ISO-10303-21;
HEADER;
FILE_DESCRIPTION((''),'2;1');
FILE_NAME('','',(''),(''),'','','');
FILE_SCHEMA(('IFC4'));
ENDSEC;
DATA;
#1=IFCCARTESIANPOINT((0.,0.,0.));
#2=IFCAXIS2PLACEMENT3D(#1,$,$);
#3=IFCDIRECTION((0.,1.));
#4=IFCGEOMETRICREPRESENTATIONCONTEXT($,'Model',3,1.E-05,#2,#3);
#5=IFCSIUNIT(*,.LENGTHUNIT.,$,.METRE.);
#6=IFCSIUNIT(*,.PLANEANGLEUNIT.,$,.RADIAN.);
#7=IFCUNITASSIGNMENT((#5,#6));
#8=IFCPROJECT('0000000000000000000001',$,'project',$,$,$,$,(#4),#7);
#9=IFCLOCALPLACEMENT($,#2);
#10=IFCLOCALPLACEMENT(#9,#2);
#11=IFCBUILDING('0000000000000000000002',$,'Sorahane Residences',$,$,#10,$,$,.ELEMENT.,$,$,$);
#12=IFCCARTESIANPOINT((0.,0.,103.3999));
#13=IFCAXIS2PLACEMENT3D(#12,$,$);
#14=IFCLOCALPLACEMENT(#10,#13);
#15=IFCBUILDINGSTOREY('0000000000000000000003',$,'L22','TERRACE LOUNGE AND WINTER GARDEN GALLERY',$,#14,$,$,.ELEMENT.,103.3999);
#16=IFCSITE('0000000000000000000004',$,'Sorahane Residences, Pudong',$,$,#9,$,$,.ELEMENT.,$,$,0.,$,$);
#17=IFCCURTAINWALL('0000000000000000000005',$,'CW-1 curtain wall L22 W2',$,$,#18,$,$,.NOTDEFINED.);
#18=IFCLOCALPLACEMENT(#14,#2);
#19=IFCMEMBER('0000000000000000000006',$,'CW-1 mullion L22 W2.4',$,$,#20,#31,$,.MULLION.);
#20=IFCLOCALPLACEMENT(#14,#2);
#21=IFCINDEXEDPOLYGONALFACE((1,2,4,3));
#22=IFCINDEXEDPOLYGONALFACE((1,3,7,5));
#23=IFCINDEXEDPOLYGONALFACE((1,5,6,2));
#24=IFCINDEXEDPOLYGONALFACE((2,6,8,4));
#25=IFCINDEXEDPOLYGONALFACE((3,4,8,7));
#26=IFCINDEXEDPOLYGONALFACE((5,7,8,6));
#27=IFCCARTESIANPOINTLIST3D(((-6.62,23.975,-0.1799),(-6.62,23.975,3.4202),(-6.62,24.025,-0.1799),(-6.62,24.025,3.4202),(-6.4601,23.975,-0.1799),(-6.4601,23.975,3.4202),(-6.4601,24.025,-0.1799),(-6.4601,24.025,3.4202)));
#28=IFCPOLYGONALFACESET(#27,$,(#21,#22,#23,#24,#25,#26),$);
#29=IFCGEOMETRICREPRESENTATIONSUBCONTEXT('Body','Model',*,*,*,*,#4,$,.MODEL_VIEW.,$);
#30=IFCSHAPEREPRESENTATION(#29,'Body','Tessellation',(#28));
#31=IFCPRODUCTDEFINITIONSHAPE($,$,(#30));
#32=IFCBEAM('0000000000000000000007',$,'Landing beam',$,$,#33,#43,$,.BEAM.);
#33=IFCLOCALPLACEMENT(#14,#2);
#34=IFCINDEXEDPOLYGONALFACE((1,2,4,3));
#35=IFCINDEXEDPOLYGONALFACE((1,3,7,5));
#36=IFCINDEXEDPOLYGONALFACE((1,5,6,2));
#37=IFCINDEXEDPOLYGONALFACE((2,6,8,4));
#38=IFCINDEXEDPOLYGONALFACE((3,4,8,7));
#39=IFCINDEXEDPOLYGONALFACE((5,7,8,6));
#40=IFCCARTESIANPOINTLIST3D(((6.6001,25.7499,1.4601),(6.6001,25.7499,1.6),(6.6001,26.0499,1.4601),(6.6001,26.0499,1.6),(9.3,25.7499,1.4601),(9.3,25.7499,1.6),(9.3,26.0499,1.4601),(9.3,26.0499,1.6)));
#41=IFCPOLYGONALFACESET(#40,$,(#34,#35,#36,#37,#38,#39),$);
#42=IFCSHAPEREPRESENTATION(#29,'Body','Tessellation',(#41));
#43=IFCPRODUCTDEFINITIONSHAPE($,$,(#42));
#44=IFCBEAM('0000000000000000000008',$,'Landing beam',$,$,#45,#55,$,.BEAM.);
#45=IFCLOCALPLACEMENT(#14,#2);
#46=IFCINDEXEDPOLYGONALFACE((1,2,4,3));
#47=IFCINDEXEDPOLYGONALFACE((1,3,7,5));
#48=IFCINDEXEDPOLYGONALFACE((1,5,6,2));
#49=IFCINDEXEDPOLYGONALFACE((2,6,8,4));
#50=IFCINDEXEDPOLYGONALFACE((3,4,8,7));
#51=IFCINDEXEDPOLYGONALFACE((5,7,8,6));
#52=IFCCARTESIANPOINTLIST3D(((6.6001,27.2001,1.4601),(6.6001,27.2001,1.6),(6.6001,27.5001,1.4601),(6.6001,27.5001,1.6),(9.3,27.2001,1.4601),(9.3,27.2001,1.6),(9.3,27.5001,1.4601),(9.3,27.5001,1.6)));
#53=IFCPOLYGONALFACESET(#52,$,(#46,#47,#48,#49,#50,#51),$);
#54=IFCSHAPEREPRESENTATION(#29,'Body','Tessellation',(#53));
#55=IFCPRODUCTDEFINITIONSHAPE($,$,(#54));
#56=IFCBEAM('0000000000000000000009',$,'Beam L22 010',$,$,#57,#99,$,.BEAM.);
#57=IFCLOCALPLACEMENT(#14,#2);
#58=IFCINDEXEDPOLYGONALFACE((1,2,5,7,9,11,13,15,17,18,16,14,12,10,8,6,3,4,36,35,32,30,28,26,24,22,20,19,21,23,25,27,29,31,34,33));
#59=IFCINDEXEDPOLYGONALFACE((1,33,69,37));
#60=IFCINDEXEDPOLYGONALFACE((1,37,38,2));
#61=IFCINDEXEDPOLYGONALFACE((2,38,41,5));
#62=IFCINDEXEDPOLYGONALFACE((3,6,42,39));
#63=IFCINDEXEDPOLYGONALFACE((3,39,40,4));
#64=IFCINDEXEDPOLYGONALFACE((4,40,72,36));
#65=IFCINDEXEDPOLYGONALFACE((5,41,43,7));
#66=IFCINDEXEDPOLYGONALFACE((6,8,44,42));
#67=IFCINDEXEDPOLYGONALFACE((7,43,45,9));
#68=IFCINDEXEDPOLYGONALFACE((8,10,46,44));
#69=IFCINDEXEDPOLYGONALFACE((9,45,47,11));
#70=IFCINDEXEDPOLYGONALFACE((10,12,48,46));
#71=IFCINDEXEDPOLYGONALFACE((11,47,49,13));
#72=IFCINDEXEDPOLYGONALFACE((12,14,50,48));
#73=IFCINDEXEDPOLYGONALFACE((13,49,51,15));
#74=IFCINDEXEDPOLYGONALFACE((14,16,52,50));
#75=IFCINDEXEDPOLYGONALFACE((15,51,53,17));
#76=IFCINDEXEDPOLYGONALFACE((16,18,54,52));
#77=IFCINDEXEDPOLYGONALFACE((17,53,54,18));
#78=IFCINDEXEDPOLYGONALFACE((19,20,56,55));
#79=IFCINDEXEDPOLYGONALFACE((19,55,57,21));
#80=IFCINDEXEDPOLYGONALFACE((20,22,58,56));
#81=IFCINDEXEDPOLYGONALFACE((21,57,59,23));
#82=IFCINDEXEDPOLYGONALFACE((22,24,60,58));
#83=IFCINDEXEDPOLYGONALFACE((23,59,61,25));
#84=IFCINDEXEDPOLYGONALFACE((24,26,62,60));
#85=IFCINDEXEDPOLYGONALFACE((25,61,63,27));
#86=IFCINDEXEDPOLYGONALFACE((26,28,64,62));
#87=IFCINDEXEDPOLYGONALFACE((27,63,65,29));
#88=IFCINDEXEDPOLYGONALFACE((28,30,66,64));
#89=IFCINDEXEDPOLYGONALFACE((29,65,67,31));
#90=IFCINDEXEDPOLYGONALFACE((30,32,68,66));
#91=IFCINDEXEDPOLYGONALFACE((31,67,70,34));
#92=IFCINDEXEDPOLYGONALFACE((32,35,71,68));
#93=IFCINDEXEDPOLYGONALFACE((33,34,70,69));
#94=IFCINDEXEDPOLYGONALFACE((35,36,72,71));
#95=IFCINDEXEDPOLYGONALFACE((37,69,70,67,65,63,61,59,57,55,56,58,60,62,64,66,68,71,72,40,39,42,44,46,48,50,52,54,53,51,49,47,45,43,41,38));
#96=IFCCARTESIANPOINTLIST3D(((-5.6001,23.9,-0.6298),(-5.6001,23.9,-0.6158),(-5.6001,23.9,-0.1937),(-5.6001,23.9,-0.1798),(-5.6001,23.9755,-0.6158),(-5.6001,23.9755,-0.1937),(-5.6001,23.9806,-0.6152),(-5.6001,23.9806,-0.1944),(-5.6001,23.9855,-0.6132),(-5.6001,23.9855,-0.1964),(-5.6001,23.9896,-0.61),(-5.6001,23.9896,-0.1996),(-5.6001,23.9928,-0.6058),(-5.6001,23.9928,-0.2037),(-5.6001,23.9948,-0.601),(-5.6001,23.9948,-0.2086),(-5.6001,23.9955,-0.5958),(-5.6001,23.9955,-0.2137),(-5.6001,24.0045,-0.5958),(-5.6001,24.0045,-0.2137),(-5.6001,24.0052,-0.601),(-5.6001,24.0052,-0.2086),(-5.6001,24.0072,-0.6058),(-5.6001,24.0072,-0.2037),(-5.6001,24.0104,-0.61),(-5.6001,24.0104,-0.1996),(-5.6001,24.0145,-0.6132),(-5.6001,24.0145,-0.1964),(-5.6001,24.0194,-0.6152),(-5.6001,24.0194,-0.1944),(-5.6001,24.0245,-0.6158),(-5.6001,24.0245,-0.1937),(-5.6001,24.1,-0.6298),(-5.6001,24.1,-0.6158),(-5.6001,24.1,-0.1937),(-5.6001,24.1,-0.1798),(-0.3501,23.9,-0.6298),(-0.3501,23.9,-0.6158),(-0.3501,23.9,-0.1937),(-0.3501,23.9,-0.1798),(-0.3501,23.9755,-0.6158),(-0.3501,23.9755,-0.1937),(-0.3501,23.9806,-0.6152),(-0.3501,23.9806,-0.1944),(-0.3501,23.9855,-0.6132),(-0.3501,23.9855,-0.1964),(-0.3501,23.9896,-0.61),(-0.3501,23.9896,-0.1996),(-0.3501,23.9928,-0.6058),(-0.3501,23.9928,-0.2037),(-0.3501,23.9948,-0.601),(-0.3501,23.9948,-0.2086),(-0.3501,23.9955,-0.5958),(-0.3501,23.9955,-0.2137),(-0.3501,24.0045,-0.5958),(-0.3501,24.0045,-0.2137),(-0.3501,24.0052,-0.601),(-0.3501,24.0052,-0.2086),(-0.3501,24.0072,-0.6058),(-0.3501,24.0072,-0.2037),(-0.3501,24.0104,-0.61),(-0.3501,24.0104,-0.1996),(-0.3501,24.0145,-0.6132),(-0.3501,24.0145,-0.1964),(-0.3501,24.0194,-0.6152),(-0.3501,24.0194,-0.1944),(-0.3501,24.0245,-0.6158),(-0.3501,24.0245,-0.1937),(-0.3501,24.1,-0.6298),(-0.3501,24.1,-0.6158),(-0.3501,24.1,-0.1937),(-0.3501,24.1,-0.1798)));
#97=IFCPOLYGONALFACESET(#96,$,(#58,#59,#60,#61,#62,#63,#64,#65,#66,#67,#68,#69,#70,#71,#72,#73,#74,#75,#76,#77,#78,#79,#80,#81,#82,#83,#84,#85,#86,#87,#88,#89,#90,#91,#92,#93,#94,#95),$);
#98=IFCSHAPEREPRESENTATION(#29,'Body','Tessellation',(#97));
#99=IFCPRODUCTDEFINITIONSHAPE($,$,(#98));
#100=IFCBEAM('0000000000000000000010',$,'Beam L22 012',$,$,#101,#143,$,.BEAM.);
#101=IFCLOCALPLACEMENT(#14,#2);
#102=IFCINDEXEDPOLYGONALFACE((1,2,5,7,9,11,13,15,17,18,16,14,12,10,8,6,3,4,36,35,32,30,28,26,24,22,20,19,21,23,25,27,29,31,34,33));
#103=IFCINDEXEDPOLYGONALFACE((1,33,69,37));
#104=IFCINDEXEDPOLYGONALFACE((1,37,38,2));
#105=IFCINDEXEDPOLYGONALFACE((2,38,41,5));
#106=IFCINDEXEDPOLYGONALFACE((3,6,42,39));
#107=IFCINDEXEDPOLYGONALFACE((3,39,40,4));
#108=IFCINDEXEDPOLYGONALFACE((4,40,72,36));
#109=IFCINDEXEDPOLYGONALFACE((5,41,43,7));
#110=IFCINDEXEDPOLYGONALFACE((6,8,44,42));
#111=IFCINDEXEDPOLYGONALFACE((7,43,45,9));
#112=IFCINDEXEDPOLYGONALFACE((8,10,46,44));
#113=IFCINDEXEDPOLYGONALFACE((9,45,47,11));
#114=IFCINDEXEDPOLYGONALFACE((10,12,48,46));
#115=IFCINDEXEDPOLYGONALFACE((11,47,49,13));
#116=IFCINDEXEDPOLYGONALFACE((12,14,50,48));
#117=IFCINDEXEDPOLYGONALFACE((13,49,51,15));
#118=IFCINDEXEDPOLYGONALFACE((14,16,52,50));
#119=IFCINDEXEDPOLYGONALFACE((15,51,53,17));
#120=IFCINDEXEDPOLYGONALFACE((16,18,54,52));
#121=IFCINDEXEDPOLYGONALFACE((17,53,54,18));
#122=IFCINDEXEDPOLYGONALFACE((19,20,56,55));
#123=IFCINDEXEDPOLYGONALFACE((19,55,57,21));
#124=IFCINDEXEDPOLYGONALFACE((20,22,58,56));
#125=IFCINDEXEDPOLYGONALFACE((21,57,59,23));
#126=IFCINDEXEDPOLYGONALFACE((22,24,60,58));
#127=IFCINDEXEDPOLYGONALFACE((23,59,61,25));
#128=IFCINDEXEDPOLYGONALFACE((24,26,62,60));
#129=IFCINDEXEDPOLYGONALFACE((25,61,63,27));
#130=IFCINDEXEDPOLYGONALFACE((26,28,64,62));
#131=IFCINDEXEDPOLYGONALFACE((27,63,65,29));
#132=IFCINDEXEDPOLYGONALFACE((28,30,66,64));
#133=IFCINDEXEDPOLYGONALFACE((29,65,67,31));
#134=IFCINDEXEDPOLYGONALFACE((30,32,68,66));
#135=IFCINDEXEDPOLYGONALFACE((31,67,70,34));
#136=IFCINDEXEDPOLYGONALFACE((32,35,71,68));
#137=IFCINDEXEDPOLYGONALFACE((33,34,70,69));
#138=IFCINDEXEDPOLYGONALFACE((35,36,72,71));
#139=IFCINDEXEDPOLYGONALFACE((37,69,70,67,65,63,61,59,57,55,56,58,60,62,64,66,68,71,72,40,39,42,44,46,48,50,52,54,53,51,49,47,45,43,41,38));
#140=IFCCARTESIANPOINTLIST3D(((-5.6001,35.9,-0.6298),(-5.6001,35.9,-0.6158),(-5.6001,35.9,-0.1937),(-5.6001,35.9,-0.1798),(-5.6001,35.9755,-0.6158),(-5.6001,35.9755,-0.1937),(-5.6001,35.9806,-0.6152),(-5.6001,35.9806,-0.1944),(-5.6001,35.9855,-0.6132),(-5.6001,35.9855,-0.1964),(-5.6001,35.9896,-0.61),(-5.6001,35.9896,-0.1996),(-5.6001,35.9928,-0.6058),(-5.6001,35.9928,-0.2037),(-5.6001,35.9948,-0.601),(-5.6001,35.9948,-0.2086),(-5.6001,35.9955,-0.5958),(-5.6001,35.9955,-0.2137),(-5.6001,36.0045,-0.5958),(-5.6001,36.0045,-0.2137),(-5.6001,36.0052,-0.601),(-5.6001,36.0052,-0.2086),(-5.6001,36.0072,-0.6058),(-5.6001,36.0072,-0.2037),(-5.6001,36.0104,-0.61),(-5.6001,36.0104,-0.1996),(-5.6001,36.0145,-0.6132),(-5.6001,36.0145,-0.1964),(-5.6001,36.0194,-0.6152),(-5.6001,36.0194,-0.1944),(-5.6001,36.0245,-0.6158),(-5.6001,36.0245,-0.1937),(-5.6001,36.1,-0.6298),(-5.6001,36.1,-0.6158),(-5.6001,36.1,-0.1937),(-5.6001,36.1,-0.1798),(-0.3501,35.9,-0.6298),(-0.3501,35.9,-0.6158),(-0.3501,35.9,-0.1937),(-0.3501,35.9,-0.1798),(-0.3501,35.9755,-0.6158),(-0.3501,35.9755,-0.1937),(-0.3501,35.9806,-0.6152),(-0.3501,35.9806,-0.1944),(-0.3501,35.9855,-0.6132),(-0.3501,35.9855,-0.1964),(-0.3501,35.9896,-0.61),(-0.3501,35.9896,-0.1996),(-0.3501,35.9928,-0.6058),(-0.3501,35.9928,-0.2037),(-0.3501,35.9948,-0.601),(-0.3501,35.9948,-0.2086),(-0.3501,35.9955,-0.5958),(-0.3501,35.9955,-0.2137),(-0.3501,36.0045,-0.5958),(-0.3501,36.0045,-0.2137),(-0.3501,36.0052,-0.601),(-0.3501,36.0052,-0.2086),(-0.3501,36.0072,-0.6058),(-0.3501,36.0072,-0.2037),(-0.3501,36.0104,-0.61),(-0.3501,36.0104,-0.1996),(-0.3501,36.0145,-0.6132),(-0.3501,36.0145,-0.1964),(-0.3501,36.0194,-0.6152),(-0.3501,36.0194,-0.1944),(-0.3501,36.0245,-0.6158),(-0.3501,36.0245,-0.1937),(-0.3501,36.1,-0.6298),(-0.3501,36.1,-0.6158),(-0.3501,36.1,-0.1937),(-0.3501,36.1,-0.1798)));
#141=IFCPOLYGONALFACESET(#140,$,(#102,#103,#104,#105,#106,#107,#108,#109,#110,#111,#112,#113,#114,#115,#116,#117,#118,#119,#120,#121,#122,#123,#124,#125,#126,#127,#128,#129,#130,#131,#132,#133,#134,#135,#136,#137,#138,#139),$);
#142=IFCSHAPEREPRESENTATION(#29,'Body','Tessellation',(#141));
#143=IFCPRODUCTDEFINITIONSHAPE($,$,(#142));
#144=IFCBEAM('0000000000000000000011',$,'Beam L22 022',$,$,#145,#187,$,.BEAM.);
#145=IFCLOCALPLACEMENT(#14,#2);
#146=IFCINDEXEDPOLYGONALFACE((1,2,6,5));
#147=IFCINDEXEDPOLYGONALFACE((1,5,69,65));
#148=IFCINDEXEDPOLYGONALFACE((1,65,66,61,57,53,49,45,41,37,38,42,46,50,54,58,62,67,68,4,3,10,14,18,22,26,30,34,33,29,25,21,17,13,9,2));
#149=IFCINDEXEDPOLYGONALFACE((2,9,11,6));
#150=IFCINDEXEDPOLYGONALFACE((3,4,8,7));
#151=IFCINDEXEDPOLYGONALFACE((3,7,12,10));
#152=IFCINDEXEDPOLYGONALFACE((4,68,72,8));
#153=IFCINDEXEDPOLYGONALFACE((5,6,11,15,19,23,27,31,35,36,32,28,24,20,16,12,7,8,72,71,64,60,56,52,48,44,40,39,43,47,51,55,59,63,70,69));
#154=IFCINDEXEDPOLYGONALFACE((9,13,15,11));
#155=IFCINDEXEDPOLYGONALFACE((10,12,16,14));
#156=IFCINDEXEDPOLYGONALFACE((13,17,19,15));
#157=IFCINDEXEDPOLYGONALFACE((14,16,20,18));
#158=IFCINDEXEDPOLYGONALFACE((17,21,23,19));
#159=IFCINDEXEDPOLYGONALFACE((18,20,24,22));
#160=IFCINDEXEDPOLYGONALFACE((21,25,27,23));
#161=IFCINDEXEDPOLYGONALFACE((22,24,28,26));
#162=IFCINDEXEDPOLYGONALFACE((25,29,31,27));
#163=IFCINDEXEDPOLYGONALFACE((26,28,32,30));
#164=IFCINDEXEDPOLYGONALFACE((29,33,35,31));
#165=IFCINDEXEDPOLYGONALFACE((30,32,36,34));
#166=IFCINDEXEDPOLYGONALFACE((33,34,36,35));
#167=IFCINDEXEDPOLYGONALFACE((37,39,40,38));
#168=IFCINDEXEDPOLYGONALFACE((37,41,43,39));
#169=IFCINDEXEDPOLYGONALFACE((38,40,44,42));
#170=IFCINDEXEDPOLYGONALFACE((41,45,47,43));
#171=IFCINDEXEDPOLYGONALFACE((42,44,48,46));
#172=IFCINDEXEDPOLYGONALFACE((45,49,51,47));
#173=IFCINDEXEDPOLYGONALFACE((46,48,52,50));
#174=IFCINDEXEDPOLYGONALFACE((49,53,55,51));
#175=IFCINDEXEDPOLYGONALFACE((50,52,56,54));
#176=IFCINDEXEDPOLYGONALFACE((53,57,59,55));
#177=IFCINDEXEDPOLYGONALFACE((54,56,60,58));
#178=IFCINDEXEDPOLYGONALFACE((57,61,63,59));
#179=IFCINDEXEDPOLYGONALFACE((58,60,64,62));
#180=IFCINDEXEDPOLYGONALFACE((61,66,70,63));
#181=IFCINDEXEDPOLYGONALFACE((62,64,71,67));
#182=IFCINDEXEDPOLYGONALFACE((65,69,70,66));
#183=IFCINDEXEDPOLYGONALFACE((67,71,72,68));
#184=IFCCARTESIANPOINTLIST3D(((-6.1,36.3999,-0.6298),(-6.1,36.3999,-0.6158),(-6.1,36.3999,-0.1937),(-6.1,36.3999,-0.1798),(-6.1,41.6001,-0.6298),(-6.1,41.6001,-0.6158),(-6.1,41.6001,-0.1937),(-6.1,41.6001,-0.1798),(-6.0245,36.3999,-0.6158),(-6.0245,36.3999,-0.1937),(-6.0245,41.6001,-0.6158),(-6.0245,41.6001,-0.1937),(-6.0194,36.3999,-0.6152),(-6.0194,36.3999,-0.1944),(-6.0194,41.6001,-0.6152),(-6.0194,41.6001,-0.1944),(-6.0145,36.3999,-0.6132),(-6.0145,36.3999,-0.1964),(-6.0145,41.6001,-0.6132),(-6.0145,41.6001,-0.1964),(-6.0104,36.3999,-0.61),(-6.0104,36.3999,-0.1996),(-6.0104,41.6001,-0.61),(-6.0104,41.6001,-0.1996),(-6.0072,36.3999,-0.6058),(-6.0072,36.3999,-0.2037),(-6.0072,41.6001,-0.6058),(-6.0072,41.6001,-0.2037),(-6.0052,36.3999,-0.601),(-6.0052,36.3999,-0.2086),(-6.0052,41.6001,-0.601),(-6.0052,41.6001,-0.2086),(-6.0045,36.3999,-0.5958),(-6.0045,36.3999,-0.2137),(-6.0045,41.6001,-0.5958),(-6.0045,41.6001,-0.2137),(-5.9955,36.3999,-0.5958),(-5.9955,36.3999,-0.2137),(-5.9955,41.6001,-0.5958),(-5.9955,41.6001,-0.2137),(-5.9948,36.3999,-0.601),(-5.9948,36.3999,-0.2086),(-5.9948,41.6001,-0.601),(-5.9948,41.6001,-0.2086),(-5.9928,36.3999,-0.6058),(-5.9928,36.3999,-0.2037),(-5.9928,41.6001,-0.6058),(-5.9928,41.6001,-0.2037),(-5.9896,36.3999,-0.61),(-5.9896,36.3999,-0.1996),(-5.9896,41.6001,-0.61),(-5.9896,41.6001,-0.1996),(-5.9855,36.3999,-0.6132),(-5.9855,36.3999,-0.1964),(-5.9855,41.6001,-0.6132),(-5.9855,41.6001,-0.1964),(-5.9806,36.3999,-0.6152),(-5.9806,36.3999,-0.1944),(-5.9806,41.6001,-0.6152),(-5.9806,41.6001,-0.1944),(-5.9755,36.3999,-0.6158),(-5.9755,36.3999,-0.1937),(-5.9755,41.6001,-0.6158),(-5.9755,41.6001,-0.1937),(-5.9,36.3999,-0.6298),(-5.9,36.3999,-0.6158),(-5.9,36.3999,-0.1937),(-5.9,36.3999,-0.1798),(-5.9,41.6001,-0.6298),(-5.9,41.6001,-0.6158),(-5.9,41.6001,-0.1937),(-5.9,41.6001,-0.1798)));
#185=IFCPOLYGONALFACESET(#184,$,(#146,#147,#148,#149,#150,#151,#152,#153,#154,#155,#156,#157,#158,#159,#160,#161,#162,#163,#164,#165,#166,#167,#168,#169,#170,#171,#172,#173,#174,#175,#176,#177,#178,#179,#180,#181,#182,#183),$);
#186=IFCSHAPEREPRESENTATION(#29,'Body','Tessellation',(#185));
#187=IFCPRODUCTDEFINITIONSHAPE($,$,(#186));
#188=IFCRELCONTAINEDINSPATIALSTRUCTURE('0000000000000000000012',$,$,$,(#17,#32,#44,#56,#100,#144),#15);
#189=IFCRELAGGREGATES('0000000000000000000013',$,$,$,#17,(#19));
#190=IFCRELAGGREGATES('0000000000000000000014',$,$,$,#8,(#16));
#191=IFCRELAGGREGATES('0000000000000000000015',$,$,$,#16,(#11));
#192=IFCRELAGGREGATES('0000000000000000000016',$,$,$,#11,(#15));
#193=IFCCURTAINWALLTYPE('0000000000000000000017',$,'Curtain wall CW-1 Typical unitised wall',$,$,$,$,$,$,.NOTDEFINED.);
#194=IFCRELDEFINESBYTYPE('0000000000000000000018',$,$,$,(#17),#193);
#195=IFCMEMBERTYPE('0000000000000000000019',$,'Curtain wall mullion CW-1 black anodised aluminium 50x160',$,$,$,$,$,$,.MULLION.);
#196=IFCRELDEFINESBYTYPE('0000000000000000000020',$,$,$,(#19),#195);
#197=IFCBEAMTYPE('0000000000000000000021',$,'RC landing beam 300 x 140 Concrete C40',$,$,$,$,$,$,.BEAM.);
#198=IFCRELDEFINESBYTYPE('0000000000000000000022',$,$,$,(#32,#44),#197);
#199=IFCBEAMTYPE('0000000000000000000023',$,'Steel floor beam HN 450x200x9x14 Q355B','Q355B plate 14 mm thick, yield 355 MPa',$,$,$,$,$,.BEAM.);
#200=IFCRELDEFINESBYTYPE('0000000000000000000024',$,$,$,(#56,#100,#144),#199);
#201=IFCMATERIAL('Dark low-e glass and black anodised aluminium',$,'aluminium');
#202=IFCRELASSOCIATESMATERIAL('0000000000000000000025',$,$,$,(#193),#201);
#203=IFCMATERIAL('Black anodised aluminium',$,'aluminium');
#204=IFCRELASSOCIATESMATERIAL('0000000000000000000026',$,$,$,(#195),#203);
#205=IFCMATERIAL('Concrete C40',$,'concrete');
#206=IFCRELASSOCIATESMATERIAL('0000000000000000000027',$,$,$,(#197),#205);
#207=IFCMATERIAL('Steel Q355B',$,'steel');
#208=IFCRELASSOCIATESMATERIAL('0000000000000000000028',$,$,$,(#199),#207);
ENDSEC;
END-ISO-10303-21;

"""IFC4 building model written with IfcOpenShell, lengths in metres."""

from ifc_helpers import new_model, si_unit, direction, frame, origin, origin_2d, place, context, subcontext, project, spatial, rectangle, i_section, extrude, material, material_profile, profile_set, type_object, element, aggregate, save


model = new_model("IFC4")

# Units and contexts
model_context = context("Model", 3, precision=1e-05, world=origin(), true_north=direction((0.0, 1.0)))
body_context = subcontext(model_context, "Body", "Model", "MODEL_VIEW")
ifc_project = project(units=[si_unit("LENGTHUNIT", "METRE"), si_unit("PLANEANGLEUNIT", "RADIAN")], contexts=[model_context])

# Site, building, storey
site_placement = place(None, origin())
site = spatial("IfcSite", under=ifc_project, at=site_placement, Name="Sorahane Residences, Pudong", CompositionType="ELEMENT", RefElevation=0.0)
building_placement = place(site_placement, origin())
building = spatial("IfcBuilding", under=site, at=building_placement, Name="Sorahane Residences", CompositionType="ELEMENT")
storey_placement = place(building_placement, frame((0.0, 0.0, 103.3999)))
storey = spatial("IfcBuildingStorey", under=building, at=storey_placement, Name="L22", Description="TERRACE LOUNGE AND WINTER GARDEN GALLERY", CompositionType="ELEMENT", Elevation=103.3999)

# Curtain wall, member
ifc_material_1 = material(Name="Dark low-e glass and black anodised aluminium", Category="aluminium")
curtain_wall_type = type_object("IfcCurtainWallType", Name="Curtain wall CW-1 Typical unitised wall", PredefinedType="NOTDEFINED", material=ifc_material_1)
curtain_wall_placement = place(storey_placement, origin())
curtain_wall = element("IfcCurtainWall", 1, at=curtain_wall_placement, inside=storey, type_object=curtain_wall_type, Name="CW-1 curtain wall L22 W2", PredefinedType="NOTDEFINED")
ifc_material_2 = material(Name="Black anodised aluminium", Category="aluminium")
ifc_material_profile_1 = material_profile(ifc_material_2, rectangle(XDim=0.1599, YDim=0.05, at=origin_2d()), Name="Curtain wall mullion CW-1 black anodised aluminium 50x160")
ifc_profile_set_1 = profile_set([ifc_material_profile_1], Name="Black anodised aluminium")
member_type_1 = type_object("IfcMemberType", Name="Curtain wall mullion CW-1 black anodised aluminium 50x160", PredefinedType="MULLION", material=ifc_profile_set_1)
member_1_placement = place(storey_placement, frame((-6.54, 24.0, -0.1799), z_axis=(0.0, 0.0, 1.0), x_axis=(-1.0, 0.0, 0.0)))
member_1 = element("IfcMember", 2, at=member_1_placement, type_object=member_type_1, Name="CW-1 mullion L22 W2.4", PredefinedType="MULLION", context=body_context, shape_type="SweptSolid", body=[
    extrude(rectangle(XDim=0.1599, YDim=0.05, at=origin_2d()), origin(), (0.0, 0.0, 1.0), 3.6001),
])

# Beams
ifc_material_3 = material(Name="Concrete C40", Category="concrete")
ifc_material_profile_2 = material_profile(ifc_material_3, rectangle(XDim=0.3, YDim=0.1399, at=origin_2d()), Name="300x140")
ifc_profile_set_2 = profile_set([ifc_material_profile_2], Name="Concrete C40")
beam_type_1 = type_object("IfcBeamType", Name="RC landing beam 300 x 140 Concrete C40", PredefinedType="BEAM", material=ifc_profile_set_2)
for number, where, z_axis, x_axis, name in (
    (3, (6.6001, 25.8999, 1.53), (1.0, 0.0, 0.0), (0.0, 1.0, 0.0), "Landing beam"),
    (4, (6.6001, 27.3501, 1.53), (1.0, 0.0, 0.0), (0.0, 1.0, 0.0), "Landing beam"),
):
    element("IfcBeam", number, at=place(storey_placement, frame(where, z_axis=z_axis, x_axis=x_axis)), inside=storey, type_object=beam_type_1, Name=name, PredefinedType="BEAM", context=body_context, shape_type="SweptSolid", body=[
        extrude(rectangle(XDim=0.3, YDim=0.1399, at=origin_2d()), origin(), (0.0, 0.0, 1.0), 2.7),
    ])
ifc_material_4 = material(Name="Steel Q355B", Category="steel")
ifc_material_profile_3 = material_profile(ifc_material_4, i_section(OverallWidth=0.2, OverallDepth=0.45, WebThickness=0.009, FlangeThickness=0.0139, FilletRadius=0.02, at=origin_2d()), Name="HN 450x200x9x14")
ifc_profile_set_3 = profile_set([ifc_material_profile_3], Name="Steel Q355B")
beam_type_2 = type_object("IfcBeamType", Name="Steel floor beam HN 450x200x9x14 Q355B", Description="Q355B plate 14 mm thick, yield 355 MPa", PredefinedType="BEAM", material=ifc_profile_set_3)
for number, where, z_axis, x_axis, name in (
    (5, (-5.6001, 24.0, -0.4048), (1.0, 0.0, 0.0), (0.0, 1.0, 0.0), "Beam L22 010"),
    (6, (-5.6001, 36.0, -0.4048), (1.0, 0.0, 0.0), (0.0, 1.0, 0.0), "Beam L22 012"),
):
    element("IfcBeam", number, at=place(storey_placement, frame(where, z_axis=z_axis, x_axis=x_axis)), inside=storey, type_object=beam_type_2, Name=name, PredefinedType="BEAM", context=body_context, shape_type="SweptSolid", body=[
        extrude(i_section(OverallWidth=0.2, OverallDepth=0.45, WebThickness=0.009, FlangeThickness=0.0139, FilletRadius=0.02, at=origin_2d()), origin(), (0.0, 0.0, 1.0), 5.25),
    ])
beam_1_placement = place(storey_placement, frame((-6.0, 36.3999, -0.4048), z_axis=(0.0, 1.0, 0.0), x_axis=(-1.0, 0.0, 0.0)))
element("IfcBeam", 7, at=beam_1_placement, inside=storey, type_object=beam_type_2, Name="Beam L22 022", PredefinedType="BEAM", context=body_context, shape_type="SweptSolid", body=[
    extrude(i_section(OverallWidth=0.2, OverallDepth=0.45, WebThickness=0.009, FlangeThickness=0.0139, FilletRadius=0.02, at=origin_2d()), origin(), (0.0, 0.0, 1.0), 5.2002),
])

aggregate(curtain_wall, [member_1])

save(model, "model.ifc")
